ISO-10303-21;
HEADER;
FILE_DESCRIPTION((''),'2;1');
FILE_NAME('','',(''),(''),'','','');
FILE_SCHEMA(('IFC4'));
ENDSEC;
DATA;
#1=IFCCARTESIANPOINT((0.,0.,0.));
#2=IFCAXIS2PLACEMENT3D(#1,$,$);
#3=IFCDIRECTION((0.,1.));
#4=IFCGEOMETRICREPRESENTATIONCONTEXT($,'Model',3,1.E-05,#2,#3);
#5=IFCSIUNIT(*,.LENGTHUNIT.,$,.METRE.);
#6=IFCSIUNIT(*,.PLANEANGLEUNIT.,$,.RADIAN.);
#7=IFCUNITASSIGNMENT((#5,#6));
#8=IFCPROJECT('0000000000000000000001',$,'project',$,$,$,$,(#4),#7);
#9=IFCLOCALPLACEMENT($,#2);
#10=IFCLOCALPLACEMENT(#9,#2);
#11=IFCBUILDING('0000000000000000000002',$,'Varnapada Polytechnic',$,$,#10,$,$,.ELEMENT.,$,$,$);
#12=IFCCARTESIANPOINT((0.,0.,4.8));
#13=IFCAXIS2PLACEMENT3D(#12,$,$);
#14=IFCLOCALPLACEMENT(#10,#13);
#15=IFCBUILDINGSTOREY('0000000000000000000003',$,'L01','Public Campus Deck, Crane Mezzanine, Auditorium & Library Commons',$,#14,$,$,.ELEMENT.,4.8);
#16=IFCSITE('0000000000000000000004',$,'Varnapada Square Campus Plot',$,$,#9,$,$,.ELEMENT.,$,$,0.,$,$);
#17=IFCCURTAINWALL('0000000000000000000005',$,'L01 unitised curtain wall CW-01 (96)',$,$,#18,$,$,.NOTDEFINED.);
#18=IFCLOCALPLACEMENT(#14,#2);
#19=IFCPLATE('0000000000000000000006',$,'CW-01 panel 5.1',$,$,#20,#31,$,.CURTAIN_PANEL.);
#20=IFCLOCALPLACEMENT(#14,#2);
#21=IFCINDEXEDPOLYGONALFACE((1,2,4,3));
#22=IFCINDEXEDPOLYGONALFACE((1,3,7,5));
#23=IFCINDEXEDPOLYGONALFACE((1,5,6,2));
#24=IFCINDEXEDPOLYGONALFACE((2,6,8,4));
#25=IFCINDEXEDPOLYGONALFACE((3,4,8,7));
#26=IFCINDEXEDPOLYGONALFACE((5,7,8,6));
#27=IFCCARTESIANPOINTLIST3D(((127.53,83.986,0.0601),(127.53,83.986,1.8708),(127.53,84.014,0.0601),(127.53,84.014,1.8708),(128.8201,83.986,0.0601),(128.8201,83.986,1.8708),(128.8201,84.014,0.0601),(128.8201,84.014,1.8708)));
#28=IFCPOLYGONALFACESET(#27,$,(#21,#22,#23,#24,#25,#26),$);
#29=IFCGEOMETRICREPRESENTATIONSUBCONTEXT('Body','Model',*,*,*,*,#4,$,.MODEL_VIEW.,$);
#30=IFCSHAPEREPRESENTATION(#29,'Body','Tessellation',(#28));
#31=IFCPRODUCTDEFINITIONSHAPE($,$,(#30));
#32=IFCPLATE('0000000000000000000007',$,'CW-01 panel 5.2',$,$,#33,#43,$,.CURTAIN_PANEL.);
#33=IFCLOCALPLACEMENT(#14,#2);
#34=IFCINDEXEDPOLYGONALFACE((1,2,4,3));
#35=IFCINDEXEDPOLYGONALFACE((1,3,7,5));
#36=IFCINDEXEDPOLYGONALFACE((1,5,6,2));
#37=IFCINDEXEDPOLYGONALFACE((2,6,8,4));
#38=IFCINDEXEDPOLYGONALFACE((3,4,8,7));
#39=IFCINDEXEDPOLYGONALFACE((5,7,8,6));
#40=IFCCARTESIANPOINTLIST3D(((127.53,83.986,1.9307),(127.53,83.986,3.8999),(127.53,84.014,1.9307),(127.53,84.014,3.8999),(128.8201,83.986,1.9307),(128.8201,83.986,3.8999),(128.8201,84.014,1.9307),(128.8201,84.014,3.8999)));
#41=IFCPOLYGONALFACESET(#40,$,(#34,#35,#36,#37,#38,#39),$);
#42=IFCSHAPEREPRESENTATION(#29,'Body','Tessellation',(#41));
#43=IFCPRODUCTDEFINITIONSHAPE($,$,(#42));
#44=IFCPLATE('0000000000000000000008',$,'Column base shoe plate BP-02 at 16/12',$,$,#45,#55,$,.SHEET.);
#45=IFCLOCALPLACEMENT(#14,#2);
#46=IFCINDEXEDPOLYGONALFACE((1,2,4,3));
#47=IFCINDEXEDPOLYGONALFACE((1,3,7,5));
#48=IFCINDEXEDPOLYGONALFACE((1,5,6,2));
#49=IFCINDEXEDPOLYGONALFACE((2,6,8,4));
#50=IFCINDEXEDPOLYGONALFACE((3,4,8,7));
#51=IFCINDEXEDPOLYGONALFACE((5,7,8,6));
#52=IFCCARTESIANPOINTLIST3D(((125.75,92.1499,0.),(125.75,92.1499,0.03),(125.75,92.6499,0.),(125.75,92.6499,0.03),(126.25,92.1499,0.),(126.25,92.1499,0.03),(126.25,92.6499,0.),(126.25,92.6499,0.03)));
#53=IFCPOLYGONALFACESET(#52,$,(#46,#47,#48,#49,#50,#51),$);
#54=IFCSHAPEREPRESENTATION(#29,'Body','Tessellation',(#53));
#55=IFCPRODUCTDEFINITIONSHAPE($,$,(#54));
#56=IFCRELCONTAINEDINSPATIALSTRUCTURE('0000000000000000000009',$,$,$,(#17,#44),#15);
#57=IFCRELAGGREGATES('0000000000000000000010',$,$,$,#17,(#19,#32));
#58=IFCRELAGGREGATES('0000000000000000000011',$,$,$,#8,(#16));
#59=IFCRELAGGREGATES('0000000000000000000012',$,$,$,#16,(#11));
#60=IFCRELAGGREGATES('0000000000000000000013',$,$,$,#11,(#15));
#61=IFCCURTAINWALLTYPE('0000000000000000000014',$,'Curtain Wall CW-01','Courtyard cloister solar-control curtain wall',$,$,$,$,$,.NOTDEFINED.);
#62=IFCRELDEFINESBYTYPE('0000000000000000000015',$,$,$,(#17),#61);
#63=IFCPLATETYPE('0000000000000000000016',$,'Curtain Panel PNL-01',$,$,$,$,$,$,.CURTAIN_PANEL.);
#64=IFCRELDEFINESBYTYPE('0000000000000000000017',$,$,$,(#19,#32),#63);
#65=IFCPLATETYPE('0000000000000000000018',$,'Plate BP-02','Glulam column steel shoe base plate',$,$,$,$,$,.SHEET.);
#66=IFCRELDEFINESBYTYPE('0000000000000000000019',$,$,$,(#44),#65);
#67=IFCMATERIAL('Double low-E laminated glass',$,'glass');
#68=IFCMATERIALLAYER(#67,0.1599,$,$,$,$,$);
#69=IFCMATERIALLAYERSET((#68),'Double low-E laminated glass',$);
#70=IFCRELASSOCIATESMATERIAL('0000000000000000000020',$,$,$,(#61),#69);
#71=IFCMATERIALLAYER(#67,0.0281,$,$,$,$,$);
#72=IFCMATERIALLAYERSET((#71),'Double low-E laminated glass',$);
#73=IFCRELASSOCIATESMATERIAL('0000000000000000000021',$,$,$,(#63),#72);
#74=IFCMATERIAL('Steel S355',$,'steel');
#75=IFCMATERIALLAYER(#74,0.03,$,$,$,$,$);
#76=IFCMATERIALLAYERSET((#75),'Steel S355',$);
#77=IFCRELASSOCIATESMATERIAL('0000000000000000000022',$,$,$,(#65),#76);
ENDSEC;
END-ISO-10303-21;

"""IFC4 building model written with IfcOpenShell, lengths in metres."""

from ifc_helpers import new_model, si_unit, direction, frame, origin, origin_2d, place, context, subcontext, project, spatial, rectangle, extrude, material, layer, layer_set, type_object, element, aggregate, save


model = new_model("IFC4")

# Units and contexts
model_context = context("Model", 3, precision=1e-05, world=origin(), true_north=direction((0.0, 1.0)))
body_context = subcontext(model_context, "Body", "Model", "MODEL_VIEW")
ifc_project = project(units=[si_unit("LENGTHUNIT", "METRE"), si_unit("PLANEANGLEUNIT", "RADIAN")], contexts=[model_context])

# Site, building, storey
site_placement = place(None, origin())
site = spatial("IfcSite", under=ifc_project, at=site_placement, Name="Varnapada Square Campus Plot", CompositionType="ELEMENT", RefElevation=0.0)
building_placement = place(site_placement, origin())
building = spatial("IfcBuilding", under=site, at=building_placement, Name="Varnapada Polytechnic", CompositionType="ELEMENT")
storey_placement = place(building_placement, frame((0.0, 0.0, 4.8)))
storey = spatial("IfcBuildingStorey", under=building, at=storey_placement, Name="L01", Description="Public Campus Deck, Crane Mezzanine, Auditorium & Library Commons", CompositionType="ELEMENT", Elevation=4.8)

# Shared definitions
ifc_material_1 = material(Name="Steel S355", Category="steel")

# Shared definitions
ifc_material_2 = material(Name="Double low-E laminated glass", Category="glass")

# Curtain wall
ifc_layer_1 = layer(ifc_material_2, 0.1599)
ifc_layer_set_1 = layer_set([ifc_layer_1], Name="Double low-E laminated glass")
curtain_wall_type_1 = type_object("IfcCurtainWallType", Name="Curtain Wall CW-01", Description="Courtyard cloister solar-control curtain wall", PredefinedType="NOTDEFINED", material=ifc_layer_set_1)
curtain_wall_1_placement = place(storey_placement, origin())
curtain_wall_1 = element("IfcCurtainWall", 1, at=curtain_wall_1_placement, inside=storey, type_object=curtain_wall_type_1, Name="L01 unitised curtain wall CW-01 (96)", PredefinedType="NOTDEFINED")

# Plates
ifc_layer_2 = layer(ifc_material_2, 0.0281)
ifc_layer_set_2 = layer_set([ifc_layer_2], Name="Double low-E laminated glass")
plate_type_1 = type_object("IfcPlateType", Name="Curtain Panel PNL-01", PredefinedType="CURTAIN_PANEL", material=ifc_layer_set_2)
plate_1_placement = place(storey_placement, frame((128.175, 84.0, 0.0601), z_axis=(0.0, 0.0, 1.0), x_axis=(-1.0, 0.0, 0.0)))
plate_1 = element("IfcPlate", 2, at=plate_1_placement, type_object=plate_type_1, Name="CW-01 panel 5.1", PredefinedType="CURTAIN_PANEL", context=body_context, shape_type="SweptSolid", body=[
    extrude(rectangle(XDim=1.29, YDim=0.0281, at=origin_2d()), origin(), (0.0, 0.0, 1.0), 1.8108),
])
plate_2_placement = place(storey_placement, frame((128.175, 84.0, 1.9307), z_axis=(0.0, 0.0, 1.0), x_axis=(-1.0, 0.0, 0.0)))
plate_2 = element("IfcPlate", 3, at=plate_2_placement, type_object=plate_type_1, Name="CW-01 panel 5.2", PredefinedType="CURTAIN_PANEL", context=body_context, shape_type="SweptSolid", body=[
    extrude(rectangle(XDim=1.29, YDim=0.0281, at=origin_2d()), origin(), (0.0, 0.0, 1.0), 1.9692),
])
aggregate(curtain_wall_1, [plate_1, plate_2])
ifc_layer_3 = layer(ifc_material_1, 0.03)
ifc_layer_set_3 = layer_set([ifc_layer_3], Name="Steel S355")
plate_type_2 = type_object("IfcPlateType", Name="Plate BP-02", Description="Glulam column steel shoe base plate", PredefinedType="SHEET", material=ifc_layer_set_3)
plate_3_placement = place(storey_placement, frame((126.0, 92.3999, 0.0), z_axis=(0.0, 0.0, 1.0), x_axis=(1.0, 0.0, 0.0)))
element("IfcPlate", 4, at=plate_3_placement, inside=storey, type_object=plate_type_2, Name="Column base shoe plate BP-02 at 16/12", PredefinedType="SHEET", context=body_context, shape_type="SweptSolid", body=[
    extrude(rectangle(XDim=0.5, YDim=0.5, at=origin_2d()), origin(), (0.0, 0.0, 1.0), 0.03),
])

save(model, "model.ifc")
